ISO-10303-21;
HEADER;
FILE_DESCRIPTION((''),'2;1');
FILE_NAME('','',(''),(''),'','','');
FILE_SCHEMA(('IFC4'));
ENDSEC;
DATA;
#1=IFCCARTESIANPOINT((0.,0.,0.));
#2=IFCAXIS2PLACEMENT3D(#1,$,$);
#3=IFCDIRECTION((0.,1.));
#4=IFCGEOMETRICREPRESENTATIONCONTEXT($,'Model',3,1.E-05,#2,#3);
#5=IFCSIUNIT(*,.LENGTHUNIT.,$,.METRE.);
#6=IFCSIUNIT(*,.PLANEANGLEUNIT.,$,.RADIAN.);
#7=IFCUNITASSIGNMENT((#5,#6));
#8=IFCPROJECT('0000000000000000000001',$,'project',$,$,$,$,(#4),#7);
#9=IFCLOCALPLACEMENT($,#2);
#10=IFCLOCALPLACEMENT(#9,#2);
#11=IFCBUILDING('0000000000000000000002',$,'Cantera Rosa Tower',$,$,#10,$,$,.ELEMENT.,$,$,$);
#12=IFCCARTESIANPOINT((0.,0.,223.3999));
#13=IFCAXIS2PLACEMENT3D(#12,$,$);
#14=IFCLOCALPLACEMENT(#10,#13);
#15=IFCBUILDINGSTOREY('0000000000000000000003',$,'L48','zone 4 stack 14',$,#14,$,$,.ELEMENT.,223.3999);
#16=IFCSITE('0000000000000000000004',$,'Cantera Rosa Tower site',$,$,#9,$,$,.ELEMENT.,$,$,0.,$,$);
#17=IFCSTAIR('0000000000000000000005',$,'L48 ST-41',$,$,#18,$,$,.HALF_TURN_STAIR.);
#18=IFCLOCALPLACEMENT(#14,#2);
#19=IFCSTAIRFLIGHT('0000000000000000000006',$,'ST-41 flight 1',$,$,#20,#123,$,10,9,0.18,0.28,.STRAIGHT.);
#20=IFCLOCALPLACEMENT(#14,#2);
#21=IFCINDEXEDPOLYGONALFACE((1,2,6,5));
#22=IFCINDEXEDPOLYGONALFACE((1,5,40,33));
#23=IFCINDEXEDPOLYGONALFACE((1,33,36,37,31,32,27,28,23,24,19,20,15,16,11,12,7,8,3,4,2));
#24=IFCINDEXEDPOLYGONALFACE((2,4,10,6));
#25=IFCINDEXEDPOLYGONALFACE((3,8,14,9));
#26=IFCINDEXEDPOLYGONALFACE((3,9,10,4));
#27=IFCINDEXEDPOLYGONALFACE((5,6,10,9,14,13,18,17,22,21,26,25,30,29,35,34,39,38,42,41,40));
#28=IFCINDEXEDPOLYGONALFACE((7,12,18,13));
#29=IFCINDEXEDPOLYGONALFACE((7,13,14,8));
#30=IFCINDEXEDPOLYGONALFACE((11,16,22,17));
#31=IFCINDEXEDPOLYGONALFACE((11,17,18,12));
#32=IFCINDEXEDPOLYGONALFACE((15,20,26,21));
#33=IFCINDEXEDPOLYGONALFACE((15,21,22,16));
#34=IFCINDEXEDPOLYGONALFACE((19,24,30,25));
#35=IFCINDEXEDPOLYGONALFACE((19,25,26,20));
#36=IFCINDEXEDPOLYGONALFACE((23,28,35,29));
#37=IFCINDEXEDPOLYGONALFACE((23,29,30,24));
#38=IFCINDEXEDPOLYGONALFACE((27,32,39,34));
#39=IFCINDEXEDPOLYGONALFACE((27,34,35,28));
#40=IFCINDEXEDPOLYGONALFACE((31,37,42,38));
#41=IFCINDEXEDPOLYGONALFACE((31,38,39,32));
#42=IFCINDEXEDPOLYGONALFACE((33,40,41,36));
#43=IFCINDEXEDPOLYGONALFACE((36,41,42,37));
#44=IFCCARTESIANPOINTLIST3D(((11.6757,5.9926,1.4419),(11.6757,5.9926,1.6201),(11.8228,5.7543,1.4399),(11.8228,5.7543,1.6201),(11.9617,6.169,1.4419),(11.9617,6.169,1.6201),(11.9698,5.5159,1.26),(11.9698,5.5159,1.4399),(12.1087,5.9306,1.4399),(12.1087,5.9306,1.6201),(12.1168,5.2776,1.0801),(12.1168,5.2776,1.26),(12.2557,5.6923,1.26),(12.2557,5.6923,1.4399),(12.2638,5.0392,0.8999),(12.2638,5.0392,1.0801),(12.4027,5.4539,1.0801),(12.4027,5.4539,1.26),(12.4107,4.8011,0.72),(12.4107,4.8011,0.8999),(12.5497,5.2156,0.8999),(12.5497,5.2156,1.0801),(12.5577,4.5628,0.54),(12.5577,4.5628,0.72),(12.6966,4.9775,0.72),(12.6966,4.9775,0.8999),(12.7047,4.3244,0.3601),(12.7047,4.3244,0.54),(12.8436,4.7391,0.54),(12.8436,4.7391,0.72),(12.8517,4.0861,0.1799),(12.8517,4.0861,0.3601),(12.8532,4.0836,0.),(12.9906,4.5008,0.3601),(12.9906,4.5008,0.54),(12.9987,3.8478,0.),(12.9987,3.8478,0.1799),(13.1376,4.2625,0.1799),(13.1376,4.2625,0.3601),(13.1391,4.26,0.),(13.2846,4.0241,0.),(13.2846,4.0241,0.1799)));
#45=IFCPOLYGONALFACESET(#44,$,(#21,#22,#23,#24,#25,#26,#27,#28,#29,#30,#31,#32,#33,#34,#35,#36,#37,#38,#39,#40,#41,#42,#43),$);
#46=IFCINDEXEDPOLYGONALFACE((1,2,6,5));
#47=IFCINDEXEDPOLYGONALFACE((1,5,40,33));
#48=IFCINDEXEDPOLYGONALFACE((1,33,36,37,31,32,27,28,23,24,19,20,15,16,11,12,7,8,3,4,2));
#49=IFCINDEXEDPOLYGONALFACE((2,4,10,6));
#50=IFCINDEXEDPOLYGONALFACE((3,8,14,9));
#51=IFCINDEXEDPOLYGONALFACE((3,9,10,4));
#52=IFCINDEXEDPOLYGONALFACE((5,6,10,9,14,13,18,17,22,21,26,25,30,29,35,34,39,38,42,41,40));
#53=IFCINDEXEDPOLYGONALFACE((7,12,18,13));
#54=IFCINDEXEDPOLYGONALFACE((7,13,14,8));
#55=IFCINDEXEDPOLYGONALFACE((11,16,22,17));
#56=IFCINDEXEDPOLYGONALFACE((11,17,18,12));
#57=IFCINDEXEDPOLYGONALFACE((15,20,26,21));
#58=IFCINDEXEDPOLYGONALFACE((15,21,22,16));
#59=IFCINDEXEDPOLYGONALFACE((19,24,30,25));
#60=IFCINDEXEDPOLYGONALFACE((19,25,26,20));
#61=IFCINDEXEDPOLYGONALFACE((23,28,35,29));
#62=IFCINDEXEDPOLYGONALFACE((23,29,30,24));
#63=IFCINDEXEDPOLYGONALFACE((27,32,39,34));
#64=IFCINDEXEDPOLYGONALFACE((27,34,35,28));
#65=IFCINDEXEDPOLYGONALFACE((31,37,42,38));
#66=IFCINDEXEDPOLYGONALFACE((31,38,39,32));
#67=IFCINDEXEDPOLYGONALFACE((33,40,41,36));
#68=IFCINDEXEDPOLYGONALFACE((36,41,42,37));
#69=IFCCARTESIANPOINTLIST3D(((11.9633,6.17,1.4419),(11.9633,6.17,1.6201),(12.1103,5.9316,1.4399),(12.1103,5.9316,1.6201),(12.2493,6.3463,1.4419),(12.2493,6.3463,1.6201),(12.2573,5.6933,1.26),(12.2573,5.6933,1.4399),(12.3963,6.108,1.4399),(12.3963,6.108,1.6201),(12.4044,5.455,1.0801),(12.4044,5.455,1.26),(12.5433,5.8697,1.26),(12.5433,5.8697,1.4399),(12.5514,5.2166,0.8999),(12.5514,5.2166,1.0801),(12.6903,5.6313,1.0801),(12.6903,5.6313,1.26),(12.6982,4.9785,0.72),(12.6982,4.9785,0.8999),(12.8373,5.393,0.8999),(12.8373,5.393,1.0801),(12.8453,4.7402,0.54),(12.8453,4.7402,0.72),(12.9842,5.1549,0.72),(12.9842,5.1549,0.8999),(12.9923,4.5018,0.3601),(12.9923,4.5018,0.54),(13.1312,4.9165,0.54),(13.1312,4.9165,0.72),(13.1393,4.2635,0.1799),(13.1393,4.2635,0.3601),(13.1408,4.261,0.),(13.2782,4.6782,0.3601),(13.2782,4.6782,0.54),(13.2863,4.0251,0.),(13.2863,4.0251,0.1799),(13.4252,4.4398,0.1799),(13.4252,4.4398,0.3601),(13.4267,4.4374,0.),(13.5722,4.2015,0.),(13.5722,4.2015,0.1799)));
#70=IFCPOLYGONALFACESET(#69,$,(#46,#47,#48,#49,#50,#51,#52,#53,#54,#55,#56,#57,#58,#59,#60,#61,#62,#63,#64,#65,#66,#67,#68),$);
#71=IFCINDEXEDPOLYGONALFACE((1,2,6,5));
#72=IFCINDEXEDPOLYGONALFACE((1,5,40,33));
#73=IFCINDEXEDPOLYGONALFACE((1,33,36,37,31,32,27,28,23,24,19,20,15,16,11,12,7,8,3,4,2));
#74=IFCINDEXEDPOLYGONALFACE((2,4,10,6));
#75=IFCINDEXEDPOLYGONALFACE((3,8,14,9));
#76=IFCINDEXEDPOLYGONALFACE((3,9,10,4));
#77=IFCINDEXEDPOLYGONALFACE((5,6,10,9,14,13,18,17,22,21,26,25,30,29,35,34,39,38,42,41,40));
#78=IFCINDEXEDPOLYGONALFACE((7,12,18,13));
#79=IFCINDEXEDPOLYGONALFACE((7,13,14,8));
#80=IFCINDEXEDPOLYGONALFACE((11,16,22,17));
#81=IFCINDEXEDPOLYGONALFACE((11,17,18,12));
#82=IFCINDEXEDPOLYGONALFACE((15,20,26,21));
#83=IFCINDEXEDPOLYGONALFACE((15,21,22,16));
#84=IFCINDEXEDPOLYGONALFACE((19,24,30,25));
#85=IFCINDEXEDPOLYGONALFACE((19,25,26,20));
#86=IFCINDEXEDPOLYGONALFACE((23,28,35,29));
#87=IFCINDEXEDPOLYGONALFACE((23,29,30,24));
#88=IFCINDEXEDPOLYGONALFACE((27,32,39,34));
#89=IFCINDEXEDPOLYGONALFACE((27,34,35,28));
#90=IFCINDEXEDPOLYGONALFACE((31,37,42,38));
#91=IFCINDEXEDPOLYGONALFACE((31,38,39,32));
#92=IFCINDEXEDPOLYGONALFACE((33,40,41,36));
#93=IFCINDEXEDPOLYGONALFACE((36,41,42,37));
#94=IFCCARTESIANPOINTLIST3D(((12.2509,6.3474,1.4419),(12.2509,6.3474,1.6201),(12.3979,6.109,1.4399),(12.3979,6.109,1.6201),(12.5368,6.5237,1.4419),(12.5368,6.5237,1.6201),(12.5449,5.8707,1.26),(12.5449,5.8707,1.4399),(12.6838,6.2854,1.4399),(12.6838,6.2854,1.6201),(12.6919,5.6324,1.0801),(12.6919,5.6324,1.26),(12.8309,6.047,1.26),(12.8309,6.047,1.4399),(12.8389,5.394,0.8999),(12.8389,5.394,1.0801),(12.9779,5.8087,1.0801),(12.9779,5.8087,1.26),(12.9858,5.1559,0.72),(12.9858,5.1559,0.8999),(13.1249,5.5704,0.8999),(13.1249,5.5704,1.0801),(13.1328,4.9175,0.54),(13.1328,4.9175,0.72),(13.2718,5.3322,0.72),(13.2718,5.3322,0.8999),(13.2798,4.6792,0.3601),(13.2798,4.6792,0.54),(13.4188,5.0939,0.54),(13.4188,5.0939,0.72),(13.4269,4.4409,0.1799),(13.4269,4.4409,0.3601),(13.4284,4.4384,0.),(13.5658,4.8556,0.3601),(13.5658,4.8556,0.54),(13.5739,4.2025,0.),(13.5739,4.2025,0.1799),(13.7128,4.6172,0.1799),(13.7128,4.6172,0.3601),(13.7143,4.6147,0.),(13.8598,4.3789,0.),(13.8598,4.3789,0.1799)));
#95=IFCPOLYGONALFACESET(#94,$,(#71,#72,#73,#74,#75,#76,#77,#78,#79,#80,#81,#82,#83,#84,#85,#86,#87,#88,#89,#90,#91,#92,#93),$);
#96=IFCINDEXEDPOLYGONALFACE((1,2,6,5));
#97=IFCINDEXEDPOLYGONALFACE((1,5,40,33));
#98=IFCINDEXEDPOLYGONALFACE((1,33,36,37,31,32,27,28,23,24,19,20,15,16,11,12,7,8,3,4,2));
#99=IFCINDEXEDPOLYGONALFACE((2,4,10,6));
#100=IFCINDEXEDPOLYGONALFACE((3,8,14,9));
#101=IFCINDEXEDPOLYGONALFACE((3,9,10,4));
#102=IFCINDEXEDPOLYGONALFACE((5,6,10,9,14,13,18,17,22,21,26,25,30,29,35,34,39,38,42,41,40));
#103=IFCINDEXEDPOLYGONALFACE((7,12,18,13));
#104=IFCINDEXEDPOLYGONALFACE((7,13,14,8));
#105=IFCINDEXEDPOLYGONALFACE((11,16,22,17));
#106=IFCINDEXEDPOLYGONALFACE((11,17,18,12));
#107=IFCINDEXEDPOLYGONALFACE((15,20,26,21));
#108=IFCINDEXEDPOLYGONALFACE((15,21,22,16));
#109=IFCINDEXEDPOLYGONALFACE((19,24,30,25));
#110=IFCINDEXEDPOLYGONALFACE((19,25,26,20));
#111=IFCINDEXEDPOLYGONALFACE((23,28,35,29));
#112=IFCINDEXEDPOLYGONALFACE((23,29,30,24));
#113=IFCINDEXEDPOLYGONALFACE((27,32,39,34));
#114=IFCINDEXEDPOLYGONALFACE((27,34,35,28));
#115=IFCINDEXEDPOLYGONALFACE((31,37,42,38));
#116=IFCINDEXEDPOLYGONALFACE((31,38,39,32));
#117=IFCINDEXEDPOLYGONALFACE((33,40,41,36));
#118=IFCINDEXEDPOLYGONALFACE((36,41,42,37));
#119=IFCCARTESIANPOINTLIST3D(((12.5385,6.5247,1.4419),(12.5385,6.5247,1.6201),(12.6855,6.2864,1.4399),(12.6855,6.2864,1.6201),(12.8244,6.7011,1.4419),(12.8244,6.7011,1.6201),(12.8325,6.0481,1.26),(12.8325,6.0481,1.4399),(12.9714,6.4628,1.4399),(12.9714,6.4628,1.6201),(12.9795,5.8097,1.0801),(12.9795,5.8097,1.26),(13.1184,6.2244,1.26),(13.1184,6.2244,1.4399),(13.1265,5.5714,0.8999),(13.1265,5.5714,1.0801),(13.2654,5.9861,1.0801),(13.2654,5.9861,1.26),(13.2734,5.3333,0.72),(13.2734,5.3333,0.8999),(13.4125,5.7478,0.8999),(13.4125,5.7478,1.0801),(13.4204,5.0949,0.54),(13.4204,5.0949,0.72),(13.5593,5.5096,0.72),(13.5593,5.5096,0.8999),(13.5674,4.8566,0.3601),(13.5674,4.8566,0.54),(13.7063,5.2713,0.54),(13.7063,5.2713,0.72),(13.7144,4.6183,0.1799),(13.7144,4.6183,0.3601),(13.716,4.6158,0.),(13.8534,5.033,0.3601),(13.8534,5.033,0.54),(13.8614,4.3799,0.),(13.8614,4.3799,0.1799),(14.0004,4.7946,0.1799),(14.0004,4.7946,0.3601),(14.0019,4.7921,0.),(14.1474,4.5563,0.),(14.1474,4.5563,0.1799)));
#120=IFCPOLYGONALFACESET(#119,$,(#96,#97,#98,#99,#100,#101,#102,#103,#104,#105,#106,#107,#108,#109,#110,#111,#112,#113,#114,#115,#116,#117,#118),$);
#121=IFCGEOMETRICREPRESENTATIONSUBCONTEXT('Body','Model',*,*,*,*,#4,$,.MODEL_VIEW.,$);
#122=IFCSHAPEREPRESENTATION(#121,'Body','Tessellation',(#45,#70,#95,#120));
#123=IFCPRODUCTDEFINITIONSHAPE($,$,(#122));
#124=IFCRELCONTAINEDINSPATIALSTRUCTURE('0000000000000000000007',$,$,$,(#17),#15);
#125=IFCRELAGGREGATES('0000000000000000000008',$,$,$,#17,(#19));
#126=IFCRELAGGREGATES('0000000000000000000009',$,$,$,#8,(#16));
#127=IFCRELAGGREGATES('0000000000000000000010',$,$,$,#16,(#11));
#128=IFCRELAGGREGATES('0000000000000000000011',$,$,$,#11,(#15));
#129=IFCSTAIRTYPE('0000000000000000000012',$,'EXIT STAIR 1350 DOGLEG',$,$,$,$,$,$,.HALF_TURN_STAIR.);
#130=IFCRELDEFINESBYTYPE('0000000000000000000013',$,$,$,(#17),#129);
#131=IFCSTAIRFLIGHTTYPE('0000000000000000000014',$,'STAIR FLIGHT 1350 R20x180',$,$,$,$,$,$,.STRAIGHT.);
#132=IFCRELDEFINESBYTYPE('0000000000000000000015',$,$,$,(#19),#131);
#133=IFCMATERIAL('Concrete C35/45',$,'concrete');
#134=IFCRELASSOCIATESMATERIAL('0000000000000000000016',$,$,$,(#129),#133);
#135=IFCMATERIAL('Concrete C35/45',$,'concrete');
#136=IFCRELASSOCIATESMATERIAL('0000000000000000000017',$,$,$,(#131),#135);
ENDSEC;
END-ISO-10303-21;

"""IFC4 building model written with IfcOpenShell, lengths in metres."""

from ifc_helpers import new_model, si_unit, direction, frame, origin, place, context, subcontext, project, spatial, polyline, outline, extrude, material, type_object, element, aggregate, save


model = new_model("IFC4")

# Units and contexts
model_context = context("Model", 3, precision=1e-05, world=origin(), true_north=direction((0.0, 1.0)))
body_context = subcontext(model_context, "Body", "Model", "MODEL_VIEW")
ifc_project = project(units=[si_unit("LENGTHUNIT", "METRE"), si_unit("PLANEANGLEUNIT", "RADIAN")], contexts=[model_context])

# Site, building, storey
site_placement = place(None, origin())
site = spatial("IfcSite", under=ifc_project, at=site_placement, Name="Cantera Rosa Tower site", CompositionType="ELEMENT", RefElevation=0.0)
building_placement = place(site_placement, origin())
building = spatial("IfcBuilding", under=site, at=building_placement, Name="Cantera Rosa Tower", CompositionType="ELEMENT")
storey_placement = place(building_placement, frame((0.0, 0.0, 223.3999)))
storey = spatial("IfcBuildingStorey", under=building, at=storey_placement, Name="L48", Description="zone 4 stack 14", CompositionType="ELEMENT", Elevation=223.3999)

# Stair, stair flight
ifc_material_1 = material(Name="Concrete C35/45", Category="concrete")
stair_type = type_object("IfcStairType", Name="EXIT STAIR 1350 DOGLEG", PredefinedType="HALF_TURN_STAIR", material=ifc_material_1)
stair_placement = place(storey_placement, origin())
stair = element("IfcStair", 1, at=stair_placement, inside=storey, type_object=stair_type, Name="L48 ST-41", PredefinedType="HALF_TURN_STAIR")
ifc_material_2 = material(Name="Concrete C35/45", Category="concrete")
stair_flight_type = type_object("IfcStairFlightType", Name="STAIR FLIGHT 1350 R20x180", PredefinedType="STRAIGHT", material=ifc_material_2)
stair_flight_placement = place(storey_placement, frame((13.5732, 4.2021, 0.0), z_axis=(0.0, 0.0, 1.0), x_axis=(-0.524977, 0.851117, 0.0)))
stair_flight = element("IfcStairFlight", 2, at=stair_flight_placement, type_object=stair_flight_type, Name="ST-41 flight 1", NumberOfRisers=10, NumberOfTreads=9, PredefinedType="STRAIGHT", RiserHeight=0.18, TreadLength=0.28, context=body_context, shape_type="SweptSolid", body=[
    extrude(outline(polyline([(0.0, 0.0), (0.0, 0.1799), (0.28, 0.1799), (0.28, 0.3601), (0.5601, 0.3601), (0.5601, 0.54), (0.8401, 0.54), (0.8401, 0.72), (1.1201, 0.72), (1.1201, 0.8999), (1.3999, 0.8999), (1.3999, 1.0801), (1.6799, 1.0801), (1.6799, 1.26), (1.96, 1.26), (1.96, 1.4399), (2.24, 1.4399), (2.24, 1.6201), (2.52, 1.6201), (2.52, 1.8), (2.52, 1.4419), (0.2771, 0.0), (0.0, 0.0)])), frame((0.0, 0.675, 0.0), z_axis=(0.0, -1.0, 0.0), x_axis=(1.0, 0.0, 0.0)), (0.0, 0.0, 1.0), 0.3359),
    extrude(outline(polyline([(0.0, 0.0), (0.0, 0.1799), (0.28, 0.1799), (0.28, 0.3601), (0.5601, 0.3601), (0.5601, 0.54), (0.8401, 0.54), (0.8401, 0.72), (1.1201, 0.72), (1.1201, 0.8999), (1.3999, 0.8999), (1.3999, 1.0801), (1.6799, 1.0801), (1.6799, 1.26), (1.96, 1.26), (1.96, 1.4399), (2.24, 1.4399), (2.24, 1.6201), (2.52, 1.6201), (2.52, 1.8), (2.52, 1.4419), (0.2771, 0.0), (0.0, 0.0)])), frame((0.0, 0.3372, 0.0), z_axis=(0.0, -1.0, 0.0), x_axis=(1.0, 0.0, 0.0)), (0.0, 0.0, 1.0), 0.3359),
    extrude(outline(polyline([(0.0, 0.0), (0.0, 0.1799), (0.28, 0.1799), (0.28, 0.3601), (0.5601, 0.3601), (0.5601, 0.54), (0.8401, 0.54), (0.8401, 0.72), (1.1201, 0.72), (1.1201, 0.8999), (1.3999, 0.8999), (1.3999, 1.0801), (1.6799, 1.0801), (1.6799, 1.26), (1.96, 1.26), (1.96, 1.4399), (2.24, 1.4399), (2.24, 1.6201), (2.52, 1.6201), (2.52, 1.8), (2.52, 1.4419), (0.2771, 0.0), (0.0, 0.0)])), frame((0.0, -0.0007, 0.0), z_axis=(0.0, -1.0, 0.0), x_axis=(1.0, 0.0, 0.0)), (0.0, 0.0, 1.0), 0.3359),
    extrude(outline(polyline([(0.0, 0.0), (0.0, 0.1799), (0.28, 0.1799), (0.28, 0.3601), (0.5601, 0.3601), (0.5601, 0.54), (0.8401, 0.54), (0.8401, 0.72), (1.1201, 0.72), (1.1201, 0.8999), (1.3999, 0.8999), (1.3999, 1.0801), (1.6799, 1.0801), (1.6799, 1.26), (1.96, 1.26), (1.96, 1.4399), (2.24, 1.4399), (2.24, 1.6201), (2.52, 1.6201), (2.52, 1.8), (2.52, 1.4419), (0.2771, 0.0), (0.0, 0.0)])), frame((0.0, -0.3386, 0.0), z_axis=(0.0, -1.0, 0.0), x_axis=(1.0, 0.0, 0.0)), (0.0, 0.0, 1.0), 0.3359),
])
aggregate(stair, [stair_flight])

save(model, "model.ifc")
